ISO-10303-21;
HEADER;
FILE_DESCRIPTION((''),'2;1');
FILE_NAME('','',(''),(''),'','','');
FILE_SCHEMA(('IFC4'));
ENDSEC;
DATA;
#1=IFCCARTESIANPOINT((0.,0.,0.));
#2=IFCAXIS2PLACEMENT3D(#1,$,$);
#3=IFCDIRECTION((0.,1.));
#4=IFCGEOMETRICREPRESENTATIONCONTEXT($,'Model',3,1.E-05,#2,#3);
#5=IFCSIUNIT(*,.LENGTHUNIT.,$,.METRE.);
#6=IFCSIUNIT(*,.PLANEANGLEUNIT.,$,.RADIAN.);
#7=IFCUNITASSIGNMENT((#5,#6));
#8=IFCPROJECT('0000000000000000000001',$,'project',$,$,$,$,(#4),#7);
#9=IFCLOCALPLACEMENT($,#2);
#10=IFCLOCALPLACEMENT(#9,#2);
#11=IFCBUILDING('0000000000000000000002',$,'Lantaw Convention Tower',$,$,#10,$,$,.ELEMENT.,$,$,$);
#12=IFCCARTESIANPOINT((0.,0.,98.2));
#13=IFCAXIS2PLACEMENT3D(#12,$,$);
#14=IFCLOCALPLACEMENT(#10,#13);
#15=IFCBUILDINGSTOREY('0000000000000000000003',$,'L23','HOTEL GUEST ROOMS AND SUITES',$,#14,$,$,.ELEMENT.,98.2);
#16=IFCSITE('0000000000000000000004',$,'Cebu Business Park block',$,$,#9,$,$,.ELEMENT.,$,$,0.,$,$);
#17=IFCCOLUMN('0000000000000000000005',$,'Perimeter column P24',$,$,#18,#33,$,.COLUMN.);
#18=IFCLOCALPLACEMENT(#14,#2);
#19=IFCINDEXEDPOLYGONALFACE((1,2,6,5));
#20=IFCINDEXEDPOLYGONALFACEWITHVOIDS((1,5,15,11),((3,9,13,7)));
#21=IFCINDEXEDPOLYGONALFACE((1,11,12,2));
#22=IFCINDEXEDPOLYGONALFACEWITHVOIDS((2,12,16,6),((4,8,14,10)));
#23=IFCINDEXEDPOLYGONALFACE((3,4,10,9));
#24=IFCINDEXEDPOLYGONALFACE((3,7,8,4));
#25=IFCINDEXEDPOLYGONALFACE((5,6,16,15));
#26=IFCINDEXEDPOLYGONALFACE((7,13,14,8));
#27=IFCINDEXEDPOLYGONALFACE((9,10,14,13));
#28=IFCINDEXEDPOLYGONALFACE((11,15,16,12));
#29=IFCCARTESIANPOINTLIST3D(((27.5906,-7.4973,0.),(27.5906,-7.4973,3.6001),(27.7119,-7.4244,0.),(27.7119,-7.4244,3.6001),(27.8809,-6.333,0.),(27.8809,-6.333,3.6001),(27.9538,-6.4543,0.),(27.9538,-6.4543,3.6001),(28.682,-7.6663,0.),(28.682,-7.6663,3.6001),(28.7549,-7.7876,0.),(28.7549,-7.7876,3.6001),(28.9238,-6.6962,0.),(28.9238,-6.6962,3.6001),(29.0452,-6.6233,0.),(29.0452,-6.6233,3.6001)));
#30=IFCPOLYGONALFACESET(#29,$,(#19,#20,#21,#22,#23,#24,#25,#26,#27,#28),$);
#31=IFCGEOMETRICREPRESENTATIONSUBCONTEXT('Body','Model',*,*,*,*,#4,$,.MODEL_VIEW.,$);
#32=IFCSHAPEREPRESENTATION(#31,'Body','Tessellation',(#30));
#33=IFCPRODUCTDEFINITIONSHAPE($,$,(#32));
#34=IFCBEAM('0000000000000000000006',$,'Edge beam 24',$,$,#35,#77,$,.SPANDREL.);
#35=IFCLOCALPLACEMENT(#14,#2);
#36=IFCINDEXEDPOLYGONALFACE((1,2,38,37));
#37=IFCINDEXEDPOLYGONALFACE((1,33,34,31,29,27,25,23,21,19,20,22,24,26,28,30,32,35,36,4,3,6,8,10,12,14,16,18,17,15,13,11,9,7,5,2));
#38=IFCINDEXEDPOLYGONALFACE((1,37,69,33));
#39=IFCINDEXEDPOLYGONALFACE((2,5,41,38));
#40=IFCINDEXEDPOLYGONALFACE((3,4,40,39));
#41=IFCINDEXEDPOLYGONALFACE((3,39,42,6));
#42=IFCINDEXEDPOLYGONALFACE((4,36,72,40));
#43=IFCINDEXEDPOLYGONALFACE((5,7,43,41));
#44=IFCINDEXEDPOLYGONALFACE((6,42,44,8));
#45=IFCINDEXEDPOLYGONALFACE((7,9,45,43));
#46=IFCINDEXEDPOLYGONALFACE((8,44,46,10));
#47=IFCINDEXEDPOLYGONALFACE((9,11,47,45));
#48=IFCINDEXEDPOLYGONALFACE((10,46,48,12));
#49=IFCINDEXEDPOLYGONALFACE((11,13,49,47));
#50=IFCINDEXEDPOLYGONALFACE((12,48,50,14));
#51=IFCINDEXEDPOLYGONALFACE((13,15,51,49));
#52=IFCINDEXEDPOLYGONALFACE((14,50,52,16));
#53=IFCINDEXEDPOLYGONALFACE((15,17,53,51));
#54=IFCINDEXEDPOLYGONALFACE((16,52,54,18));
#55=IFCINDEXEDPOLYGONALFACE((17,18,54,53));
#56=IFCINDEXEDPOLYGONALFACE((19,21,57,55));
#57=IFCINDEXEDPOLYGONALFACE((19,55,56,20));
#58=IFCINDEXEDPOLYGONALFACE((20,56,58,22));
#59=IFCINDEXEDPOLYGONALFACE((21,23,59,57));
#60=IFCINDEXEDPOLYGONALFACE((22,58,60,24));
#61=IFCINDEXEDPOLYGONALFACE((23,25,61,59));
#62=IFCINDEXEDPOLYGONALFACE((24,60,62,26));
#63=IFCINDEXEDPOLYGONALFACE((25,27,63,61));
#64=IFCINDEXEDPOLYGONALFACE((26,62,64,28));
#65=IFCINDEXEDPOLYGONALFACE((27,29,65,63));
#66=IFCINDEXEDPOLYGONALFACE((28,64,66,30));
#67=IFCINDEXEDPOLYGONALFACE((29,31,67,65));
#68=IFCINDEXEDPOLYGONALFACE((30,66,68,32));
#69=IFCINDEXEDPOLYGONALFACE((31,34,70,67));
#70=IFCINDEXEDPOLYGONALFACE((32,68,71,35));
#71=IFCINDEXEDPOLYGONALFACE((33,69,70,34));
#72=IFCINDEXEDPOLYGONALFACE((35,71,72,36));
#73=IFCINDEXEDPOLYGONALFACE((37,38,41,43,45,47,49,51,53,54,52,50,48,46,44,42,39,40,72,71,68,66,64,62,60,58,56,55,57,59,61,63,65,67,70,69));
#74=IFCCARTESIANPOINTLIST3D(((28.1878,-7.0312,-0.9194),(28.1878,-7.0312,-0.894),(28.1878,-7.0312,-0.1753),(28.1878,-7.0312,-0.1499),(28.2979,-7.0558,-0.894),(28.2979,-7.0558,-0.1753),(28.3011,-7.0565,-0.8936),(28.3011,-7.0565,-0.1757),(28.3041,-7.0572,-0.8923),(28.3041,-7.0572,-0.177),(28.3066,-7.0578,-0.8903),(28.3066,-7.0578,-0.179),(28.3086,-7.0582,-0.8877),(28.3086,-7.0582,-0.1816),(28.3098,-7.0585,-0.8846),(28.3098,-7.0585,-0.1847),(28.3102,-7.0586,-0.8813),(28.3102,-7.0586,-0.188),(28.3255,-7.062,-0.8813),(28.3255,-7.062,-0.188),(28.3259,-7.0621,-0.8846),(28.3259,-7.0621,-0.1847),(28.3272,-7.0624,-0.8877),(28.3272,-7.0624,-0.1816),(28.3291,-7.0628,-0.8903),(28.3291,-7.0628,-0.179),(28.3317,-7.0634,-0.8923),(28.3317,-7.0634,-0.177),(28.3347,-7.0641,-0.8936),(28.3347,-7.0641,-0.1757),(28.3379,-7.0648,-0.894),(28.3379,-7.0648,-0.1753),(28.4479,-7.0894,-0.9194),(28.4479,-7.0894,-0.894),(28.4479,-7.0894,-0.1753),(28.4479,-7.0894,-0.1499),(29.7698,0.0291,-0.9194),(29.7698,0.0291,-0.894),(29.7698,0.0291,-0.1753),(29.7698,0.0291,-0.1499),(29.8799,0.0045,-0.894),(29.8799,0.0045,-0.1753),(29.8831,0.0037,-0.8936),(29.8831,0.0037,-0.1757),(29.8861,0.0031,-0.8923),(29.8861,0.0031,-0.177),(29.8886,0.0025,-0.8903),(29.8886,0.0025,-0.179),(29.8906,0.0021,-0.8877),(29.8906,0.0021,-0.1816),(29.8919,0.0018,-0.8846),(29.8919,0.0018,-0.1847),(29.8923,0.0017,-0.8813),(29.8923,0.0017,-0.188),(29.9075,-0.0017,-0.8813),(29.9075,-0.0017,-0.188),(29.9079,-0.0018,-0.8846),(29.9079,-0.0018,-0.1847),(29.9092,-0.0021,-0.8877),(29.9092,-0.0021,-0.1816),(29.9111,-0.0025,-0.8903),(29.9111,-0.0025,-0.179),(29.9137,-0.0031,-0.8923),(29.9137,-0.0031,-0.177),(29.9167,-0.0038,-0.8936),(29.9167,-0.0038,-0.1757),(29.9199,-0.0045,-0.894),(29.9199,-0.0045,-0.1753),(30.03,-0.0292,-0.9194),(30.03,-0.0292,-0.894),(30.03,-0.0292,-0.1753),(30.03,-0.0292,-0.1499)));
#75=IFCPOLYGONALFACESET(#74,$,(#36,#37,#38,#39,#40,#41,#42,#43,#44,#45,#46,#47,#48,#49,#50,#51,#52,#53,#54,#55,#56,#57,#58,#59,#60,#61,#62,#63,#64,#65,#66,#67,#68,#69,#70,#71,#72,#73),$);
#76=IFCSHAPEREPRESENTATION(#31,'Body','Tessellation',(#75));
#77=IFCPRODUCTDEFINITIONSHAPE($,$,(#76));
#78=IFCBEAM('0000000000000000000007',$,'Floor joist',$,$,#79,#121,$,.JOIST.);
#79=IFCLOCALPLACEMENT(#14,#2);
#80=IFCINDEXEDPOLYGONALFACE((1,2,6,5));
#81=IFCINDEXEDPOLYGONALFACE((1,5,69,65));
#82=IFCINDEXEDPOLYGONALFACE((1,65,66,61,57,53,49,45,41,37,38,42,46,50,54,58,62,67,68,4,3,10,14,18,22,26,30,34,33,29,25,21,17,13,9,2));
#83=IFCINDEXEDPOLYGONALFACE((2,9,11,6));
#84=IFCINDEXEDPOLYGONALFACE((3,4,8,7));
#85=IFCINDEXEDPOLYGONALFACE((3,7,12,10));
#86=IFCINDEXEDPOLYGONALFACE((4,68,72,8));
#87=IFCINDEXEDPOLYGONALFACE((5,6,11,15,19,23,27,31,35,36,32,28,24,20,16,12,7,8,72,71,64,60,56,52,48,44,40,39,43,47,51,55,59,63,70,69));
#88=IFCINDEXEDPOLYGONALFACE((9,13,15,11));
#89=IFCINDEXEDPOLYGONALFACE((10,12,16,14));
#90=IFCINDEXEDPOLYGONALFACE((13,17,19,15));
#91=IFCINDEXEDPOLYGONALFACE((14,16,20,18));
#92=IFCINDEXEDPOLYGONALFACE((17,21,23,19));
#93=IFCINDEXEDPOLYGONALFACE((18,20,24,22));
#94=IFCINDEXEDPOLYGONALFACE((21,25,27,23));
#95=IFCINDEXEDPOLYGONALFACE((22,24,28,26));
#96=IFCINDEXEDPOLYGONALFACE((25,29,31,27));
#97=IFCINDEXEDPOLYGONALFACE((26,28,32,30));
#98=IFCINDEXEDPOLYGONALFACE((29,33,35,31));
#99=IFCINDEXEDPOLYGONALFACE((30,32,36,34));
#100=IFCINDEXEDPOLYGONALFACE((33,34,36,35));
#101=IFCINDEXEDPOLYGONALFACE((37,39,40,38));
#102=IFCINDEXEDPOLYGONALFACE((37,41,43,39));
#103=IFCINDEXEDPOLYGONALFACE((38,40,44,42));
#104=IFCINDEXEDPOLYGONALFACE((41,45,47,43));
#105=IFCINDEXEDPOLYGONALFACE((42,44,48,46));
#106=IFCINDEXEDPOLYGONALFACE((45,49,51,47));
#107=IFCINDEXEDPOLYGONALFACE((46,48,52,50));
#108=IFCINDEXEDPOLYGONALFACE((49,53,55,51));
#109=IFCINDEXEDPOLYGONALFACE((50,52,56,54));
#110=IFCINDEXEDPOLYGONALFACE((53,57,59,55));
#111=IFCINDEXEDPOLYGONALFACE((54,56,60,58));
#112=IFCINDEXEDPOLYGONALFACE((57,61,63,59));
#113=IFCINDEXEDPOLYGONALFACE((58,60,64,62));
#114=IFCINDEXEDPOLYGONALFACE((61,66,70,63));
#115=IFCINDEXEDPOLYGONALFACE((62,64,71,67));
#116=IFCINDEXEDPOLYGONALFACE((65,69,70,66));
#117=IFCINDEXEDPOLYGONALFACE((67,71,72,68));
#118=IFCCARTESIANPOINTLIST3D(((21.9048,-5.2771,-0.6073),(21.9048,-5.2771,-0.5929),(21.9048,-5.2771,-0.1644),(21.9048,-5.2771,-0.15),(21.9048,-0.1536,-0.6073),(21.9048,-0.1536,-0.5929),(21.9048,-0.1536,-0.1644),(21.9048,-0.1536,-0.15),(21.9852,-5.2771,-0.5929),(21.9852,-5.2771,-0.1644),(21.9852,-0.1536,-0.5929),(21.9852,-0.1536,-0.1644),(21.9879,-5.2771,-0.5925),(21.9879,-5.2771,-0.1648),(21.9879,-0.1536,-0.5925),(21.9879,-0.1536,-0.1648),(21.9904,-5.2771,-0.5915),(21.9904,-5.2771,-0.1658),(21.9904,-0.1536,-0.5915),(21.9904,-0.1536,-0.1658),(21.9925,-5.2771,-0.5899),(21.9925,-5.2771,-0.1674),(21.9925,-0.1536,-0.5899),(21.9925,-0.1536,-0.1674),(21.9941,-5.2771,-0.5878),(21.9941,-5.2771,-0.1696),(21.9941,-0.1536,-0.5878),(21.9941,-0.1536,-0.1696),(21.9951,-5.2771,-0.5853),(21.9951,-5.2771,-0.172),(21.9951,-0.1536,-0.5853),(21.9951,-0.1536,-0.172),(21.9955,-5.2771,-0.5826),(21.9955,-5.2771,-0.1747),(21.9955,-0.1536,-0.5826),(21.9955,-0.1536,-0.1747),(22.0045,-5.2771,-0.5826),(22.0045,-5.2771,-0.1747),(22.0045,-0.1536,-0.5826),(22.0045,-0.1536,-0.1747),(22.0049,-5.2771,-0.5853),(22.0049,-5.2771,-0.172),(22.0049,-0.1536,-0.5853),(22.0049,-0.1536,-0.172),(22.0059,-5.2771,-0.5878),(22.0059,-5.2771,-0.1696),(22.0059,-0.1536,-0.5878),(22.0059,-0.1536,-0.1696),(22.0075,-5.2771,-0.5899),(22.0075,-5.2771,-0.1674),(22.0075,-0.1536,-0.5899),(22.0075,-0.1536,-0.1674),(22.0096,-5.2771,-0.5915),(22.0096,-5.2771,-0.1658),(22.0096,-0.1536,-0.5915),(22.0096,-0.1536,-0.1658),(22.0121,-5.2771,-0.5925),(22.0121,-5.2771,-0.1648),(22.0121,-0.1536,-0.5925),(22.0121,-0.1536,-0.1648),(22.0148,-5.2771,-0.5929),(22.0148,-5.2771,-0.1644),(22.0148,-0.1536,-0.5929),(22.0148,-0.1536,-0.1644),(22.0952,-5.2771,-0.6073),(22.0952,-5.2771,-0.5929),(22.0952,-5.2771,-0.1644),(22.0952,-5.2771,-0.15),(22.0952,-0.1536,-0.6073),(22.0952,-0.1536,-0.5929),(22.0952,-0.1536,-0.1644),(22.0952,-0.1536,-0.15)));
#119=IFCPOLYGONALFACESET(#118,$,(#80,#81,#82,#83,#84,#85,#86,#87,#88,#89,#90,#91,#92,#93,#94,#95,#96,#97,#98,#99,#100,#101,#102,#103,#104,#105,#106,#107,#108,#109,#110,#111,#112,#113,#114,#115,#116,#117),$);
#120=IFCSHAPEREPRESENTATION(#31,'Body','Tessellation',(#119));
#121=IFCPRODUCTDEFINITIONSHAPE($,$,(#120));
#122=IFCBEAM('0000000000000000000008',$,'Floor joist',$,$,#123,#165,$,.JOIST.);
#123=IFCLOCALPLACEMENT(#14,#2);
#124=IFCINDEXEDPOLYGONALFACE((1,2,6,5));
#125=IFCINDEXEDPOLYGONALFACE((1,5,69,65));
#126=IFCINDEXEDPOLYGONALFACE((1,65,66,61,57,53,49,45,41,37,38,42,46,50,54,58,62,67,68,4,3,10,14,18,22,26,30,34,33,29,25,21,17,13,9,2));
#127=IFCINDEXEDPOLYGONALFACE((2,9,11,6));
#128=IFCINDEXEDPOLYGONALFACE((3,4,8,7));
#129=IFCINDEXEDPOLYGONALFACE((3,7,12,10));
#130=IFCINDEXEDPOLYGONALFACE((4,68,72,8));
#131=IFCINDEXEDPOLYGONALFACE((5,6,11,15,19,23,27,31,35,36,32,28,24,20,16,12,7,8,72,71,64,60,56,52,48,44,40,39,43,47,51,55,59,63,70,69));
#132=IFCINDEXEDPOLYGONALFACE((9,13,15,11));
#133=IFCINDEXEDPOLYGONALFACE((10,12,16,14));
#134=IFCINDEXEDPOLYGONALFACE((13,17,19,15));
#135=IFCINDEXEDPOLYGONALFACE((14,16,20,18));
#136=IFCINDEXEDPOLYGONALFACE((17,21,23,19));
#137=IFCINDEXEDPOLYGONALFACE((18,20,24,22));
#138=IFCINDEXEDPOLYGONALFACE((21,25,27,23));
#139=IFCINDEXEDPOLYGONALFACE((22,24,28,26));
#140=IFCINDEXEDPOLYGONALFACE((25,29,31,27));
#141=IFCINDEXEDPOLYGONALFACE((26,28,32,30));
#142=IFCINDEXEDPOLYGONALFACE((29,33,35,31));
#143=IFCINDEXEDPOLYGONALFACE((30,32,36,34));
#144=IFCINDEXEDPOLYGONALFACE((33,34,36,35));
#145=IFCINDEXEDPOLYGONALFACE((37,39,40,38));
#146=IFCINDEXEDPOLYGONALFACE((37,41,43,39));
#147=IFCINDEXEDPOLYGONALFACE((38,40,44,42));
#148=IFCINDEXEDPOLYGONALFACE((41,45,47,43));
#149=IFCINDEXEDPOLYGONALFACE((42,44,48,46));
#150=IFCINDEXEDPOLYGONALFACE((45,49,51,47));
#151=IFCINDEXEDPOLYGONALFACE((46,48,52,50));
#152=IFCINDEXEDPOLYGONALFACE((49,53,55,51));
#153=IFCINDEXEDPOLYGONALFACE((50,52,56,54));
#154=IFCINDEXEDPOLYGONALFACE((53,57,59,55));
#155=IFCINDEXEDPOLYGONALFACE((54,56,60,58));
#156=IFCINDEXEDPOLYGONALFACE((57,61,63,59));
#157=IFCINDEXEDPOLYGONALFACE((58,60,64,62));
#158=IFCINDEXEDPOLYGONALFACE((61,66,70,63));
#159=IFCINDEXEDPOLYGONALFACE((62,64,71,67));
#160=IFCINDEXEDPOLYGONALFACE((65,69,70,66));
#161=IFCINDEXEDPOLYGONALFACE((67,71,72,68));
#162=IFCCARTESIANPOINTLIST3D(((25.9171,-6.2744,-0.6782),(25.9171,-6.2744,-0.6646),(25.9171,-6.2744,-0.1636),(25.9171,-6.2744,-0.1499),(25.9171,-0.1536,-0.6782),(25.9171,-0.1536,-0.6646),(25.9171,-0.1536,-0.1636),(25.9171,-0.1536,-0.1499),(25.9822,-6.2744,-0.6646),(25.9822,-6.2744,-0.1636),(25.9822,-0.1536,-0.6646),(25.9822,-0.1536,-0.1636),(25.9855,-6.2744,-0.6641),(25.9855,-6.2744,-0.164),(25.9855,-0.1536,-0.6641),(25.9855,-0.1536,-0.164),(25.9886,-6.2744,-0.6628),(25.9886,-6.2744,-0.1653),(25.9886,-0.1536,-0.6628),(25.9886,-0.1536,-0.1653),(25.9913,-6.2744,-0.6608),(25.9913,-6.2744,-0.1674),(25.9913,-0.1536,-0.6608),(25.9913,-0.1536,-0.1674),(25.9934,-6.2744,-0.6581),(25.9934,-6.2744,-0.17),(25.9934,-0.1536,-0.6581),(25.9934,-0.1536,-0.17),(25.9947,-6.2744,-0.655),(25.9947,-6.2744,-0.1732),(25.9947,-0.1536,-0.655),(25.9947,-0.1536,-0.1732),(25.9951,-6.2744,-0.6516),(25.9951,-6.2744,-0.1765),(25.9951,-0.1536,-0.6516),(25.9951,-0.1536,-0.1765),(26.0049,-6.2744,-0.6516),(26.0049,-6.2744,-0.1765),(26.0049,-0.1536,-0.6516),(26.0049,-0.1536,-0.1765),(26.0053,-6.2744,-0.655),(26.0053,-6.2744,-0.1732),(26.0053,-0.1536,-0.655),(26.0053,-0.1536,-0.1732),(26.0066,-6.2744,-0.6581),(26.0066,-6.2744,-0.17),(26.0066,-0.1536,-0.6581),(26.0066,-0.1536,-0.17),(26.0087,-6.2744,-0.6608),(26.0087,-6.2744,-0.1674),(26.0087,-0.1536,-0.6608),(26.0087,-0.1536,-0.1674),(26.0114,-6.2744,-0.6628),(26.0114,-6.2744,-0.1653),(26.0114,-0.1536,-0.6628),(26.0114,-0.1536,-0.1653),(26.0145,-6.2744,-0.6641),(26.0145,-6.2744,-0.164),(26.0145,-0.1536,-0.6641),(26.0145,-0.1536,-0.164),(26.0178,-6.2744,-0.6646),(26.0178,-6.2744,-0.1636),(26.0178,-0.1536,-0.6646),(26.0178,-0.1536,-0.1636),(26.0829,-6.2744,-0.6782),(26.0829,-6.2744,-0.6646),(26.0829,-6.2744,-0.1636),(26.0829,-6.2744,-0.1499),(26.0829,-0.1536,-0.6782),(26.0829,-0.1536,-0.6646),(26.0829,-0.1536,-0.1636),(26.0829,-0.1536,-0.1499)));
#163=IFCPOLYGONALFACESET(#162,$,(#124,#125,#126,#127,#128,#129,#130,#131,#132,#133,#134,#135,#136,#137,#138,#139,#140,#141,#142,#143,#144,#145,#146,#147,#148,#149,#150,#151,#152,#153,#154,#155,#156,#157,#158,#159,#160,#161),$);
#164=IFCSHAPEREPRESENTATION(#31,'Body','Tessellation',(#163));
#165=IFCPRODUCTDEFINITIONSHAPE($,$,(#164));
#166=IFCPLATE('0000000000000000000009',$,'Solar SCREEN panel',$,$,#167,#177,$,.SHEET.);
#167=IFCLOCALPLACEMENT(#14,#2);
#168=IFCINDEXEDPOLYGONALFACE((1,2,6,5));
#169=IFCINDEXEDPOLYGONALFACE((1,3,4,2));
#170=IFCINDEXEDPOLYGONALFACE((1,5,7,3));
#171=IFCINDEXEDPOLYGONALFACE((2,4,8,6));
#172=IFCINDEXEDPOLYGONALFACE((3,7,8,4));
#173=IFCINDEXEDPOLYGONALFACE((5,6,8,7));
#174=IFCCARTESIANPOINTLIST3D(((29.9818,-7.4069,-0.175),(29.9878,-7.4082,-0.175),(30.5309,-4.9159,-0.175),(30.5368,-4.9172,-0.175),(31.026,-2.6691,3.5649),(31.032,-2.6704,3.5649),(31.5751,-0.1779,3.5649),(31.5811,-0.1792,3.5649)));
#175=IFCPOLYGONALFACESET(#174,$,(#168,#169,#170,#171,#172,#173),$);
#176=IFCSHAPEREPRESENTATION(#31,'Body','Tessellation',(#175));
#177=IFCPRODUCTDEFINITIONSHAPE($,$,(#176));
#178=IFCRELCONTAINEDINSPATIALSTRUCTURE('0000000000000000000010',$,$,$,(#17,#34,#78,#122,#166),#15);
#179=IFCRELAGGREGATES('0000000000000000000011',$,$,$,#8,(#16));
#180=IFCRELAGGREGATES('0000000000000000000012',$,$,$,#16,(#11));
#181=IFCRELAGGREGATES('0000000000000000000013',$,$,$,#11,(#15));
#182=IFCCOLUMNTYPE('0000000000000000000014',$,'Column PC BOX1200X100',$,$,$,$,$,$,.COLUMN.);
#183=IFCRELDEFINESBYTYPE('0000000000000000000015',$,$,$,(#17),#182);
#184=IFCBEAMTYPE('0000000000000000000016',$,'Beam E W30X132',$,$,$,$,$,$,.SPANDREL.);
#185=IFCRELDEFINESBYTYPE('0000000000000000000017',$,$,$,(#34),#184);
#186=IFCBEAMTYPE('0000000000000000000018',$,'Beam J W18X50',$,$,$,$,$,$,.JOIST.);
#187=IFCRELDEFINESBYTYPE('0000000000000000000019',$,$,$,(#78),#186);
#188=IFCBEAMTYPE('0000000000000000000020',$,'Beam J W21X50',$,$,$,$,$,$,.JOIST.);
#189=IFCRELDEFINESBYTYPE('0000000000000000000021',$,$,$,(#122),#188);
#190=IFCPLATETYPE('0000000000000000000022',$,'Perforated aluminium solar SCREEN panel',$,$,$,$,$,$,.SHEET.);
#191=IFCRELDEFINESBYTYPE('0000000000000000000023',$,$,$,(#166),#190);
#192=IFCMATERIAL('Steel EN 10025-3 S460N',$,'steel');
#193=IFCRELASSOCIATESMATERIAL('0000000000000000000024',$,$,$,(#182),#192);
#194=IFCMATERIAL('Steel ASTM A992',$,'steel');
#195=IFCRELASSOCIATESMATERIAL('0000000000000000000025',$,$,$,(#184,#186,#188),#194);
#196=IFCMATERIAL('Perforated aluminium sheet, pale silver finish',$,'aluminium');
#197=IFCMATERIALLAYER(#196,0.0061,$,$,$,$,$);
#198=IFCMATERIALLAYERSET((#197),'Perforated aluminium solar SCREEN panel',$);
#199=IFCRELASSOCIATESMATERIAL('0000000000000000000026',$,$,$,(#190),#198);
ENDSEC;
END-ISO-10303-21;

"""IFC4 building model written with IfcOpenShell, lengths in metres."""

from ifc_helpers import new_model, si_unit, direction, frame, origin, origin_2d, place, context, subcontext, project, spatial, polyline, rectangle, hollow_rectangle, i_section, outline, extrude, material, layer, layer_set, material_profile, profile_set, type_object, element, save


model = new_model("IFC4")

# Units and contexts
model_context = context("Model", 3, precision=1e-05, world=origin(), true_north=direction((0.0, 1.0)))
body_context = subcontext(model_context, "Body", "Model", "MODEL_VIEW")
ifc_project = project(units=[si_unit("LENGTHUNIT", "METRE"), si_unit("PLANEANGLEUNIT", "RADIAN")], contexts=[model_context])

# Site, building, storey
site_placement = place(None, origin())
site = spatial("IfcSite", under=ifc_project, at=site_placement, Name="Cebu Business Park block", CompositionType="ELEMENT", RefElevation=0.0)
building_placement = place(site_placement, origin())
building = spatial("IfcBuilding", under=site, at=building_placement, Name="Lantaw Convention Tower", CompositionType="ELEMENT")
storey_placement = place(building_placement, frame((0.0, 0.0, 98.2)))
storey = spatial("IfcBuildingStorey", under=building, at=storey_placement, Name="L23", Description="HOTEL GUEST ROOMS AND SUITES", CompositionType="ELEMENT", Elevation=98.2)

# Column
ifc_material_1 = material(Name="Steel EN 10025-3 S460N", Category="steel")
ifc_material_profile_1 = material_profile(ifc_material_1, hollow_rectangle(XDim=1.2, YDim=1.2, WallThickness=0.1001, at=origin_2d()), Name="BOX1200X100")
ifc_material_2 = material(Name="Concrete C60/75", Category="concrete")
ifc_material_profile_2 = material_profile(ifc_material_2, rectangle(XDim=1.0, YDim=1.0, at=origin_2d()), Name="Concrete fill of BOX1200X100")
ifc_profile_set_1 = profile_set([ifc_material_profile_1, ifc_material_profile_2], Name="Steel EN 10025-3 S460N")
column_type = type_object("IfcColumnType", Name="Column PC BOX1200X100", PredefinedType="COLUMN", material=ifc_profile_set_1)
column_placement = place(storey_placement, frame((28.3179, -7.0603, 0.0), z_axis=(0.0, 0.0, 1.0), x_axis=(0.241922, 0.970296, 0.0)))
element("IfcColumn", 1, at=column_placement, inside=storey, type_object=column_type, Name="Perimeter column P24", PredefinedType="COLUMN", context=body_context, shape_type="SweptSolid", body=[
    extrude(hollow_rectangle(XDim=1.2, YDim=1.2, WallThickness=0.1001, at=origin_2d()), origin(), (0.0, 0.0, 1.0), 3.6001),
])

# Beams
ifc_material_3 = material(Name="Steel ASTM A992", Category="steel")
ifc_material_profile_3 = material_profile(ifc_material_3, i_section(OverallWidth=0.2666, OverallDepth=0.7695, WebThickness=0.0156, FlangeThickness=0.0254, FilletRadius=0.0127, at=origin_2d()), Name="W30X132")
ifc_profile_set_2 = profile_set([ifc_material_profile_3], Name="Steel ASTM A992")
beam_type_1 = type_object("IfcBeamType", Name="Beam E W30X132", PredefinedType="SPANDREL", material=ifc_profile_set_2)
beam_1_placement = place(storey_placement, frame((28.3179, -7.0603, -0.5347), z_axis=(0.218652, 0.975803, 0.0), x_axis=(-0.975803, 0.218652, 0.0)))
element("IfcBeam", 2, at=beam_1_placement, inside=storey, type_object=beam_type_1, Name="Edge beam 24", PredefinedType="SPANDREL", context=body_context, shape_type="SweptSolid", body=[
    extrude(i_section(OverallWidth=0.2666, OverallDepth=0.7695, WebThickness=0.0156, FlangeThickness=0.0254, FilletRadius=0.0127, at=origin_2d()), origin(), (0.0, 0.0, 1.0), 7.2354),
])
ifc_material_profile_4 = material_profile(ifc_material_3, i_section(OverallWidth=0.1904, OverallDepth=0.4573, WebThickness=0.009, FlangeThickness=0.0144, FilletRadius=0.0103, at=origin_2d()), Name="W18X50")
ifc_profile_set_3 = profile_set([ifc_material_profile_4], Name="Steel ASTM A992")
beam_type_2 = type_object("IfcBeamType", Name="Beam J W18X50", PredefinedType="JOIST", material=ifc_profile_set_3)
beam_2_placement = place(storey_placement, frame((22.0, -5.2771, -0.3787), z_axis=(0.0, 1.0, 0.0), x_axis=(-1.0, 0.0, 0.0)))
element("IfcBeam", 3, at=beam_2_placement, inside=storey, type_object=beam_type_2, Name="Floor joist", PredefinedType="JOIST", context=body_context, shape_type="SweptSolid", body=[
    extrude(i_section(OverallWidth=0.1904, OverallDepth=0.4573, WebThickness=0.009, FlangeThickness=0.0144, FilletRadius=0.0103, at=origin_2d()), origin(), (0.0, 0.0, 1.0), 5.1235),
])
ifc_material_profile_5 = material_profile(ifc_material_3, i_section(OverallWidth=0.1658, OverallDepth=0.5283, WebThickness=0.0098, FlangeThickness=0.0137, FilletRadius=0.0129, at=origin_2d()), Name="W21X50")
ifc_profile_set_4 = profile_set([ifc_material_profile_5], Name="Steel ASTM A992")
beam_type_3 = type_object("IfcBeamType", Name="Beam J W21X50", PredefinedType="JOIST", material=ifc_profile_set_4)
beam_3_placement = place(storey_placement, frame((26.0, -6.2744, -0.4141), z_axis=(0.0, 1.0, 0.0), x_axis=(-1.0, 0.0, 0.0)))
element("IfcBeam", 4, at=beam_3_placement, inside=storey, type_object=beam_type_3, Name="Floor joist", PredefinedType="JOIST", context=body_context, shape_type="SweptSolid", body=[
    extrude(i_section(OverallWidth=0.1658, OverallDepth=0.5283, WebThickness=0.0098, FlangeThickness=0.0137, FilletRadius=0.0129, at=origin_2d()), origin(), (0.0, 0.0, 1.0), 6.1208),
])

# Plate
ifc_material_4 = material(Name="Perforated aluminium sheet, pale silver finish", Category="aluminium")
ifc_layer_1 = layer(ifc_material_4, 0.0061)
ifc_layer_set_1 = layer_set([ifc_layer_1], Name="Perforated aluminium solar SCREEN panel")
plate_type = type_object("IfcPlateType", Name="Perforated aluminium solar SCREEN panel", PredefinedType="SHEET", material=ifc_layer_set_1)
plate_placement = place(storey_placement, frame((29.9878, -7.4082, -0.175), z_axis=(0.976559, -0.215248, 0.00003), x_axis=(0.215248, 0.976559, 0.0)))
element("IfcPlate", 5, at=plate_placement, inside=storey, type_object=plate_type, Name="Solar SCREEN panel", PredefinedType="SHEET", context=body_context, shape_type="SweptSolid", body=[
    extrude(outline(polyline([(0.0, 0.0), (2.5508, 0.0), (7.4025, 3.74), (4.8515, 3.74), (0.0, 0.0)])), origin(), (0.0, 0.0, -1.0), 0.0061),
])

save(model, "model.ifc")
